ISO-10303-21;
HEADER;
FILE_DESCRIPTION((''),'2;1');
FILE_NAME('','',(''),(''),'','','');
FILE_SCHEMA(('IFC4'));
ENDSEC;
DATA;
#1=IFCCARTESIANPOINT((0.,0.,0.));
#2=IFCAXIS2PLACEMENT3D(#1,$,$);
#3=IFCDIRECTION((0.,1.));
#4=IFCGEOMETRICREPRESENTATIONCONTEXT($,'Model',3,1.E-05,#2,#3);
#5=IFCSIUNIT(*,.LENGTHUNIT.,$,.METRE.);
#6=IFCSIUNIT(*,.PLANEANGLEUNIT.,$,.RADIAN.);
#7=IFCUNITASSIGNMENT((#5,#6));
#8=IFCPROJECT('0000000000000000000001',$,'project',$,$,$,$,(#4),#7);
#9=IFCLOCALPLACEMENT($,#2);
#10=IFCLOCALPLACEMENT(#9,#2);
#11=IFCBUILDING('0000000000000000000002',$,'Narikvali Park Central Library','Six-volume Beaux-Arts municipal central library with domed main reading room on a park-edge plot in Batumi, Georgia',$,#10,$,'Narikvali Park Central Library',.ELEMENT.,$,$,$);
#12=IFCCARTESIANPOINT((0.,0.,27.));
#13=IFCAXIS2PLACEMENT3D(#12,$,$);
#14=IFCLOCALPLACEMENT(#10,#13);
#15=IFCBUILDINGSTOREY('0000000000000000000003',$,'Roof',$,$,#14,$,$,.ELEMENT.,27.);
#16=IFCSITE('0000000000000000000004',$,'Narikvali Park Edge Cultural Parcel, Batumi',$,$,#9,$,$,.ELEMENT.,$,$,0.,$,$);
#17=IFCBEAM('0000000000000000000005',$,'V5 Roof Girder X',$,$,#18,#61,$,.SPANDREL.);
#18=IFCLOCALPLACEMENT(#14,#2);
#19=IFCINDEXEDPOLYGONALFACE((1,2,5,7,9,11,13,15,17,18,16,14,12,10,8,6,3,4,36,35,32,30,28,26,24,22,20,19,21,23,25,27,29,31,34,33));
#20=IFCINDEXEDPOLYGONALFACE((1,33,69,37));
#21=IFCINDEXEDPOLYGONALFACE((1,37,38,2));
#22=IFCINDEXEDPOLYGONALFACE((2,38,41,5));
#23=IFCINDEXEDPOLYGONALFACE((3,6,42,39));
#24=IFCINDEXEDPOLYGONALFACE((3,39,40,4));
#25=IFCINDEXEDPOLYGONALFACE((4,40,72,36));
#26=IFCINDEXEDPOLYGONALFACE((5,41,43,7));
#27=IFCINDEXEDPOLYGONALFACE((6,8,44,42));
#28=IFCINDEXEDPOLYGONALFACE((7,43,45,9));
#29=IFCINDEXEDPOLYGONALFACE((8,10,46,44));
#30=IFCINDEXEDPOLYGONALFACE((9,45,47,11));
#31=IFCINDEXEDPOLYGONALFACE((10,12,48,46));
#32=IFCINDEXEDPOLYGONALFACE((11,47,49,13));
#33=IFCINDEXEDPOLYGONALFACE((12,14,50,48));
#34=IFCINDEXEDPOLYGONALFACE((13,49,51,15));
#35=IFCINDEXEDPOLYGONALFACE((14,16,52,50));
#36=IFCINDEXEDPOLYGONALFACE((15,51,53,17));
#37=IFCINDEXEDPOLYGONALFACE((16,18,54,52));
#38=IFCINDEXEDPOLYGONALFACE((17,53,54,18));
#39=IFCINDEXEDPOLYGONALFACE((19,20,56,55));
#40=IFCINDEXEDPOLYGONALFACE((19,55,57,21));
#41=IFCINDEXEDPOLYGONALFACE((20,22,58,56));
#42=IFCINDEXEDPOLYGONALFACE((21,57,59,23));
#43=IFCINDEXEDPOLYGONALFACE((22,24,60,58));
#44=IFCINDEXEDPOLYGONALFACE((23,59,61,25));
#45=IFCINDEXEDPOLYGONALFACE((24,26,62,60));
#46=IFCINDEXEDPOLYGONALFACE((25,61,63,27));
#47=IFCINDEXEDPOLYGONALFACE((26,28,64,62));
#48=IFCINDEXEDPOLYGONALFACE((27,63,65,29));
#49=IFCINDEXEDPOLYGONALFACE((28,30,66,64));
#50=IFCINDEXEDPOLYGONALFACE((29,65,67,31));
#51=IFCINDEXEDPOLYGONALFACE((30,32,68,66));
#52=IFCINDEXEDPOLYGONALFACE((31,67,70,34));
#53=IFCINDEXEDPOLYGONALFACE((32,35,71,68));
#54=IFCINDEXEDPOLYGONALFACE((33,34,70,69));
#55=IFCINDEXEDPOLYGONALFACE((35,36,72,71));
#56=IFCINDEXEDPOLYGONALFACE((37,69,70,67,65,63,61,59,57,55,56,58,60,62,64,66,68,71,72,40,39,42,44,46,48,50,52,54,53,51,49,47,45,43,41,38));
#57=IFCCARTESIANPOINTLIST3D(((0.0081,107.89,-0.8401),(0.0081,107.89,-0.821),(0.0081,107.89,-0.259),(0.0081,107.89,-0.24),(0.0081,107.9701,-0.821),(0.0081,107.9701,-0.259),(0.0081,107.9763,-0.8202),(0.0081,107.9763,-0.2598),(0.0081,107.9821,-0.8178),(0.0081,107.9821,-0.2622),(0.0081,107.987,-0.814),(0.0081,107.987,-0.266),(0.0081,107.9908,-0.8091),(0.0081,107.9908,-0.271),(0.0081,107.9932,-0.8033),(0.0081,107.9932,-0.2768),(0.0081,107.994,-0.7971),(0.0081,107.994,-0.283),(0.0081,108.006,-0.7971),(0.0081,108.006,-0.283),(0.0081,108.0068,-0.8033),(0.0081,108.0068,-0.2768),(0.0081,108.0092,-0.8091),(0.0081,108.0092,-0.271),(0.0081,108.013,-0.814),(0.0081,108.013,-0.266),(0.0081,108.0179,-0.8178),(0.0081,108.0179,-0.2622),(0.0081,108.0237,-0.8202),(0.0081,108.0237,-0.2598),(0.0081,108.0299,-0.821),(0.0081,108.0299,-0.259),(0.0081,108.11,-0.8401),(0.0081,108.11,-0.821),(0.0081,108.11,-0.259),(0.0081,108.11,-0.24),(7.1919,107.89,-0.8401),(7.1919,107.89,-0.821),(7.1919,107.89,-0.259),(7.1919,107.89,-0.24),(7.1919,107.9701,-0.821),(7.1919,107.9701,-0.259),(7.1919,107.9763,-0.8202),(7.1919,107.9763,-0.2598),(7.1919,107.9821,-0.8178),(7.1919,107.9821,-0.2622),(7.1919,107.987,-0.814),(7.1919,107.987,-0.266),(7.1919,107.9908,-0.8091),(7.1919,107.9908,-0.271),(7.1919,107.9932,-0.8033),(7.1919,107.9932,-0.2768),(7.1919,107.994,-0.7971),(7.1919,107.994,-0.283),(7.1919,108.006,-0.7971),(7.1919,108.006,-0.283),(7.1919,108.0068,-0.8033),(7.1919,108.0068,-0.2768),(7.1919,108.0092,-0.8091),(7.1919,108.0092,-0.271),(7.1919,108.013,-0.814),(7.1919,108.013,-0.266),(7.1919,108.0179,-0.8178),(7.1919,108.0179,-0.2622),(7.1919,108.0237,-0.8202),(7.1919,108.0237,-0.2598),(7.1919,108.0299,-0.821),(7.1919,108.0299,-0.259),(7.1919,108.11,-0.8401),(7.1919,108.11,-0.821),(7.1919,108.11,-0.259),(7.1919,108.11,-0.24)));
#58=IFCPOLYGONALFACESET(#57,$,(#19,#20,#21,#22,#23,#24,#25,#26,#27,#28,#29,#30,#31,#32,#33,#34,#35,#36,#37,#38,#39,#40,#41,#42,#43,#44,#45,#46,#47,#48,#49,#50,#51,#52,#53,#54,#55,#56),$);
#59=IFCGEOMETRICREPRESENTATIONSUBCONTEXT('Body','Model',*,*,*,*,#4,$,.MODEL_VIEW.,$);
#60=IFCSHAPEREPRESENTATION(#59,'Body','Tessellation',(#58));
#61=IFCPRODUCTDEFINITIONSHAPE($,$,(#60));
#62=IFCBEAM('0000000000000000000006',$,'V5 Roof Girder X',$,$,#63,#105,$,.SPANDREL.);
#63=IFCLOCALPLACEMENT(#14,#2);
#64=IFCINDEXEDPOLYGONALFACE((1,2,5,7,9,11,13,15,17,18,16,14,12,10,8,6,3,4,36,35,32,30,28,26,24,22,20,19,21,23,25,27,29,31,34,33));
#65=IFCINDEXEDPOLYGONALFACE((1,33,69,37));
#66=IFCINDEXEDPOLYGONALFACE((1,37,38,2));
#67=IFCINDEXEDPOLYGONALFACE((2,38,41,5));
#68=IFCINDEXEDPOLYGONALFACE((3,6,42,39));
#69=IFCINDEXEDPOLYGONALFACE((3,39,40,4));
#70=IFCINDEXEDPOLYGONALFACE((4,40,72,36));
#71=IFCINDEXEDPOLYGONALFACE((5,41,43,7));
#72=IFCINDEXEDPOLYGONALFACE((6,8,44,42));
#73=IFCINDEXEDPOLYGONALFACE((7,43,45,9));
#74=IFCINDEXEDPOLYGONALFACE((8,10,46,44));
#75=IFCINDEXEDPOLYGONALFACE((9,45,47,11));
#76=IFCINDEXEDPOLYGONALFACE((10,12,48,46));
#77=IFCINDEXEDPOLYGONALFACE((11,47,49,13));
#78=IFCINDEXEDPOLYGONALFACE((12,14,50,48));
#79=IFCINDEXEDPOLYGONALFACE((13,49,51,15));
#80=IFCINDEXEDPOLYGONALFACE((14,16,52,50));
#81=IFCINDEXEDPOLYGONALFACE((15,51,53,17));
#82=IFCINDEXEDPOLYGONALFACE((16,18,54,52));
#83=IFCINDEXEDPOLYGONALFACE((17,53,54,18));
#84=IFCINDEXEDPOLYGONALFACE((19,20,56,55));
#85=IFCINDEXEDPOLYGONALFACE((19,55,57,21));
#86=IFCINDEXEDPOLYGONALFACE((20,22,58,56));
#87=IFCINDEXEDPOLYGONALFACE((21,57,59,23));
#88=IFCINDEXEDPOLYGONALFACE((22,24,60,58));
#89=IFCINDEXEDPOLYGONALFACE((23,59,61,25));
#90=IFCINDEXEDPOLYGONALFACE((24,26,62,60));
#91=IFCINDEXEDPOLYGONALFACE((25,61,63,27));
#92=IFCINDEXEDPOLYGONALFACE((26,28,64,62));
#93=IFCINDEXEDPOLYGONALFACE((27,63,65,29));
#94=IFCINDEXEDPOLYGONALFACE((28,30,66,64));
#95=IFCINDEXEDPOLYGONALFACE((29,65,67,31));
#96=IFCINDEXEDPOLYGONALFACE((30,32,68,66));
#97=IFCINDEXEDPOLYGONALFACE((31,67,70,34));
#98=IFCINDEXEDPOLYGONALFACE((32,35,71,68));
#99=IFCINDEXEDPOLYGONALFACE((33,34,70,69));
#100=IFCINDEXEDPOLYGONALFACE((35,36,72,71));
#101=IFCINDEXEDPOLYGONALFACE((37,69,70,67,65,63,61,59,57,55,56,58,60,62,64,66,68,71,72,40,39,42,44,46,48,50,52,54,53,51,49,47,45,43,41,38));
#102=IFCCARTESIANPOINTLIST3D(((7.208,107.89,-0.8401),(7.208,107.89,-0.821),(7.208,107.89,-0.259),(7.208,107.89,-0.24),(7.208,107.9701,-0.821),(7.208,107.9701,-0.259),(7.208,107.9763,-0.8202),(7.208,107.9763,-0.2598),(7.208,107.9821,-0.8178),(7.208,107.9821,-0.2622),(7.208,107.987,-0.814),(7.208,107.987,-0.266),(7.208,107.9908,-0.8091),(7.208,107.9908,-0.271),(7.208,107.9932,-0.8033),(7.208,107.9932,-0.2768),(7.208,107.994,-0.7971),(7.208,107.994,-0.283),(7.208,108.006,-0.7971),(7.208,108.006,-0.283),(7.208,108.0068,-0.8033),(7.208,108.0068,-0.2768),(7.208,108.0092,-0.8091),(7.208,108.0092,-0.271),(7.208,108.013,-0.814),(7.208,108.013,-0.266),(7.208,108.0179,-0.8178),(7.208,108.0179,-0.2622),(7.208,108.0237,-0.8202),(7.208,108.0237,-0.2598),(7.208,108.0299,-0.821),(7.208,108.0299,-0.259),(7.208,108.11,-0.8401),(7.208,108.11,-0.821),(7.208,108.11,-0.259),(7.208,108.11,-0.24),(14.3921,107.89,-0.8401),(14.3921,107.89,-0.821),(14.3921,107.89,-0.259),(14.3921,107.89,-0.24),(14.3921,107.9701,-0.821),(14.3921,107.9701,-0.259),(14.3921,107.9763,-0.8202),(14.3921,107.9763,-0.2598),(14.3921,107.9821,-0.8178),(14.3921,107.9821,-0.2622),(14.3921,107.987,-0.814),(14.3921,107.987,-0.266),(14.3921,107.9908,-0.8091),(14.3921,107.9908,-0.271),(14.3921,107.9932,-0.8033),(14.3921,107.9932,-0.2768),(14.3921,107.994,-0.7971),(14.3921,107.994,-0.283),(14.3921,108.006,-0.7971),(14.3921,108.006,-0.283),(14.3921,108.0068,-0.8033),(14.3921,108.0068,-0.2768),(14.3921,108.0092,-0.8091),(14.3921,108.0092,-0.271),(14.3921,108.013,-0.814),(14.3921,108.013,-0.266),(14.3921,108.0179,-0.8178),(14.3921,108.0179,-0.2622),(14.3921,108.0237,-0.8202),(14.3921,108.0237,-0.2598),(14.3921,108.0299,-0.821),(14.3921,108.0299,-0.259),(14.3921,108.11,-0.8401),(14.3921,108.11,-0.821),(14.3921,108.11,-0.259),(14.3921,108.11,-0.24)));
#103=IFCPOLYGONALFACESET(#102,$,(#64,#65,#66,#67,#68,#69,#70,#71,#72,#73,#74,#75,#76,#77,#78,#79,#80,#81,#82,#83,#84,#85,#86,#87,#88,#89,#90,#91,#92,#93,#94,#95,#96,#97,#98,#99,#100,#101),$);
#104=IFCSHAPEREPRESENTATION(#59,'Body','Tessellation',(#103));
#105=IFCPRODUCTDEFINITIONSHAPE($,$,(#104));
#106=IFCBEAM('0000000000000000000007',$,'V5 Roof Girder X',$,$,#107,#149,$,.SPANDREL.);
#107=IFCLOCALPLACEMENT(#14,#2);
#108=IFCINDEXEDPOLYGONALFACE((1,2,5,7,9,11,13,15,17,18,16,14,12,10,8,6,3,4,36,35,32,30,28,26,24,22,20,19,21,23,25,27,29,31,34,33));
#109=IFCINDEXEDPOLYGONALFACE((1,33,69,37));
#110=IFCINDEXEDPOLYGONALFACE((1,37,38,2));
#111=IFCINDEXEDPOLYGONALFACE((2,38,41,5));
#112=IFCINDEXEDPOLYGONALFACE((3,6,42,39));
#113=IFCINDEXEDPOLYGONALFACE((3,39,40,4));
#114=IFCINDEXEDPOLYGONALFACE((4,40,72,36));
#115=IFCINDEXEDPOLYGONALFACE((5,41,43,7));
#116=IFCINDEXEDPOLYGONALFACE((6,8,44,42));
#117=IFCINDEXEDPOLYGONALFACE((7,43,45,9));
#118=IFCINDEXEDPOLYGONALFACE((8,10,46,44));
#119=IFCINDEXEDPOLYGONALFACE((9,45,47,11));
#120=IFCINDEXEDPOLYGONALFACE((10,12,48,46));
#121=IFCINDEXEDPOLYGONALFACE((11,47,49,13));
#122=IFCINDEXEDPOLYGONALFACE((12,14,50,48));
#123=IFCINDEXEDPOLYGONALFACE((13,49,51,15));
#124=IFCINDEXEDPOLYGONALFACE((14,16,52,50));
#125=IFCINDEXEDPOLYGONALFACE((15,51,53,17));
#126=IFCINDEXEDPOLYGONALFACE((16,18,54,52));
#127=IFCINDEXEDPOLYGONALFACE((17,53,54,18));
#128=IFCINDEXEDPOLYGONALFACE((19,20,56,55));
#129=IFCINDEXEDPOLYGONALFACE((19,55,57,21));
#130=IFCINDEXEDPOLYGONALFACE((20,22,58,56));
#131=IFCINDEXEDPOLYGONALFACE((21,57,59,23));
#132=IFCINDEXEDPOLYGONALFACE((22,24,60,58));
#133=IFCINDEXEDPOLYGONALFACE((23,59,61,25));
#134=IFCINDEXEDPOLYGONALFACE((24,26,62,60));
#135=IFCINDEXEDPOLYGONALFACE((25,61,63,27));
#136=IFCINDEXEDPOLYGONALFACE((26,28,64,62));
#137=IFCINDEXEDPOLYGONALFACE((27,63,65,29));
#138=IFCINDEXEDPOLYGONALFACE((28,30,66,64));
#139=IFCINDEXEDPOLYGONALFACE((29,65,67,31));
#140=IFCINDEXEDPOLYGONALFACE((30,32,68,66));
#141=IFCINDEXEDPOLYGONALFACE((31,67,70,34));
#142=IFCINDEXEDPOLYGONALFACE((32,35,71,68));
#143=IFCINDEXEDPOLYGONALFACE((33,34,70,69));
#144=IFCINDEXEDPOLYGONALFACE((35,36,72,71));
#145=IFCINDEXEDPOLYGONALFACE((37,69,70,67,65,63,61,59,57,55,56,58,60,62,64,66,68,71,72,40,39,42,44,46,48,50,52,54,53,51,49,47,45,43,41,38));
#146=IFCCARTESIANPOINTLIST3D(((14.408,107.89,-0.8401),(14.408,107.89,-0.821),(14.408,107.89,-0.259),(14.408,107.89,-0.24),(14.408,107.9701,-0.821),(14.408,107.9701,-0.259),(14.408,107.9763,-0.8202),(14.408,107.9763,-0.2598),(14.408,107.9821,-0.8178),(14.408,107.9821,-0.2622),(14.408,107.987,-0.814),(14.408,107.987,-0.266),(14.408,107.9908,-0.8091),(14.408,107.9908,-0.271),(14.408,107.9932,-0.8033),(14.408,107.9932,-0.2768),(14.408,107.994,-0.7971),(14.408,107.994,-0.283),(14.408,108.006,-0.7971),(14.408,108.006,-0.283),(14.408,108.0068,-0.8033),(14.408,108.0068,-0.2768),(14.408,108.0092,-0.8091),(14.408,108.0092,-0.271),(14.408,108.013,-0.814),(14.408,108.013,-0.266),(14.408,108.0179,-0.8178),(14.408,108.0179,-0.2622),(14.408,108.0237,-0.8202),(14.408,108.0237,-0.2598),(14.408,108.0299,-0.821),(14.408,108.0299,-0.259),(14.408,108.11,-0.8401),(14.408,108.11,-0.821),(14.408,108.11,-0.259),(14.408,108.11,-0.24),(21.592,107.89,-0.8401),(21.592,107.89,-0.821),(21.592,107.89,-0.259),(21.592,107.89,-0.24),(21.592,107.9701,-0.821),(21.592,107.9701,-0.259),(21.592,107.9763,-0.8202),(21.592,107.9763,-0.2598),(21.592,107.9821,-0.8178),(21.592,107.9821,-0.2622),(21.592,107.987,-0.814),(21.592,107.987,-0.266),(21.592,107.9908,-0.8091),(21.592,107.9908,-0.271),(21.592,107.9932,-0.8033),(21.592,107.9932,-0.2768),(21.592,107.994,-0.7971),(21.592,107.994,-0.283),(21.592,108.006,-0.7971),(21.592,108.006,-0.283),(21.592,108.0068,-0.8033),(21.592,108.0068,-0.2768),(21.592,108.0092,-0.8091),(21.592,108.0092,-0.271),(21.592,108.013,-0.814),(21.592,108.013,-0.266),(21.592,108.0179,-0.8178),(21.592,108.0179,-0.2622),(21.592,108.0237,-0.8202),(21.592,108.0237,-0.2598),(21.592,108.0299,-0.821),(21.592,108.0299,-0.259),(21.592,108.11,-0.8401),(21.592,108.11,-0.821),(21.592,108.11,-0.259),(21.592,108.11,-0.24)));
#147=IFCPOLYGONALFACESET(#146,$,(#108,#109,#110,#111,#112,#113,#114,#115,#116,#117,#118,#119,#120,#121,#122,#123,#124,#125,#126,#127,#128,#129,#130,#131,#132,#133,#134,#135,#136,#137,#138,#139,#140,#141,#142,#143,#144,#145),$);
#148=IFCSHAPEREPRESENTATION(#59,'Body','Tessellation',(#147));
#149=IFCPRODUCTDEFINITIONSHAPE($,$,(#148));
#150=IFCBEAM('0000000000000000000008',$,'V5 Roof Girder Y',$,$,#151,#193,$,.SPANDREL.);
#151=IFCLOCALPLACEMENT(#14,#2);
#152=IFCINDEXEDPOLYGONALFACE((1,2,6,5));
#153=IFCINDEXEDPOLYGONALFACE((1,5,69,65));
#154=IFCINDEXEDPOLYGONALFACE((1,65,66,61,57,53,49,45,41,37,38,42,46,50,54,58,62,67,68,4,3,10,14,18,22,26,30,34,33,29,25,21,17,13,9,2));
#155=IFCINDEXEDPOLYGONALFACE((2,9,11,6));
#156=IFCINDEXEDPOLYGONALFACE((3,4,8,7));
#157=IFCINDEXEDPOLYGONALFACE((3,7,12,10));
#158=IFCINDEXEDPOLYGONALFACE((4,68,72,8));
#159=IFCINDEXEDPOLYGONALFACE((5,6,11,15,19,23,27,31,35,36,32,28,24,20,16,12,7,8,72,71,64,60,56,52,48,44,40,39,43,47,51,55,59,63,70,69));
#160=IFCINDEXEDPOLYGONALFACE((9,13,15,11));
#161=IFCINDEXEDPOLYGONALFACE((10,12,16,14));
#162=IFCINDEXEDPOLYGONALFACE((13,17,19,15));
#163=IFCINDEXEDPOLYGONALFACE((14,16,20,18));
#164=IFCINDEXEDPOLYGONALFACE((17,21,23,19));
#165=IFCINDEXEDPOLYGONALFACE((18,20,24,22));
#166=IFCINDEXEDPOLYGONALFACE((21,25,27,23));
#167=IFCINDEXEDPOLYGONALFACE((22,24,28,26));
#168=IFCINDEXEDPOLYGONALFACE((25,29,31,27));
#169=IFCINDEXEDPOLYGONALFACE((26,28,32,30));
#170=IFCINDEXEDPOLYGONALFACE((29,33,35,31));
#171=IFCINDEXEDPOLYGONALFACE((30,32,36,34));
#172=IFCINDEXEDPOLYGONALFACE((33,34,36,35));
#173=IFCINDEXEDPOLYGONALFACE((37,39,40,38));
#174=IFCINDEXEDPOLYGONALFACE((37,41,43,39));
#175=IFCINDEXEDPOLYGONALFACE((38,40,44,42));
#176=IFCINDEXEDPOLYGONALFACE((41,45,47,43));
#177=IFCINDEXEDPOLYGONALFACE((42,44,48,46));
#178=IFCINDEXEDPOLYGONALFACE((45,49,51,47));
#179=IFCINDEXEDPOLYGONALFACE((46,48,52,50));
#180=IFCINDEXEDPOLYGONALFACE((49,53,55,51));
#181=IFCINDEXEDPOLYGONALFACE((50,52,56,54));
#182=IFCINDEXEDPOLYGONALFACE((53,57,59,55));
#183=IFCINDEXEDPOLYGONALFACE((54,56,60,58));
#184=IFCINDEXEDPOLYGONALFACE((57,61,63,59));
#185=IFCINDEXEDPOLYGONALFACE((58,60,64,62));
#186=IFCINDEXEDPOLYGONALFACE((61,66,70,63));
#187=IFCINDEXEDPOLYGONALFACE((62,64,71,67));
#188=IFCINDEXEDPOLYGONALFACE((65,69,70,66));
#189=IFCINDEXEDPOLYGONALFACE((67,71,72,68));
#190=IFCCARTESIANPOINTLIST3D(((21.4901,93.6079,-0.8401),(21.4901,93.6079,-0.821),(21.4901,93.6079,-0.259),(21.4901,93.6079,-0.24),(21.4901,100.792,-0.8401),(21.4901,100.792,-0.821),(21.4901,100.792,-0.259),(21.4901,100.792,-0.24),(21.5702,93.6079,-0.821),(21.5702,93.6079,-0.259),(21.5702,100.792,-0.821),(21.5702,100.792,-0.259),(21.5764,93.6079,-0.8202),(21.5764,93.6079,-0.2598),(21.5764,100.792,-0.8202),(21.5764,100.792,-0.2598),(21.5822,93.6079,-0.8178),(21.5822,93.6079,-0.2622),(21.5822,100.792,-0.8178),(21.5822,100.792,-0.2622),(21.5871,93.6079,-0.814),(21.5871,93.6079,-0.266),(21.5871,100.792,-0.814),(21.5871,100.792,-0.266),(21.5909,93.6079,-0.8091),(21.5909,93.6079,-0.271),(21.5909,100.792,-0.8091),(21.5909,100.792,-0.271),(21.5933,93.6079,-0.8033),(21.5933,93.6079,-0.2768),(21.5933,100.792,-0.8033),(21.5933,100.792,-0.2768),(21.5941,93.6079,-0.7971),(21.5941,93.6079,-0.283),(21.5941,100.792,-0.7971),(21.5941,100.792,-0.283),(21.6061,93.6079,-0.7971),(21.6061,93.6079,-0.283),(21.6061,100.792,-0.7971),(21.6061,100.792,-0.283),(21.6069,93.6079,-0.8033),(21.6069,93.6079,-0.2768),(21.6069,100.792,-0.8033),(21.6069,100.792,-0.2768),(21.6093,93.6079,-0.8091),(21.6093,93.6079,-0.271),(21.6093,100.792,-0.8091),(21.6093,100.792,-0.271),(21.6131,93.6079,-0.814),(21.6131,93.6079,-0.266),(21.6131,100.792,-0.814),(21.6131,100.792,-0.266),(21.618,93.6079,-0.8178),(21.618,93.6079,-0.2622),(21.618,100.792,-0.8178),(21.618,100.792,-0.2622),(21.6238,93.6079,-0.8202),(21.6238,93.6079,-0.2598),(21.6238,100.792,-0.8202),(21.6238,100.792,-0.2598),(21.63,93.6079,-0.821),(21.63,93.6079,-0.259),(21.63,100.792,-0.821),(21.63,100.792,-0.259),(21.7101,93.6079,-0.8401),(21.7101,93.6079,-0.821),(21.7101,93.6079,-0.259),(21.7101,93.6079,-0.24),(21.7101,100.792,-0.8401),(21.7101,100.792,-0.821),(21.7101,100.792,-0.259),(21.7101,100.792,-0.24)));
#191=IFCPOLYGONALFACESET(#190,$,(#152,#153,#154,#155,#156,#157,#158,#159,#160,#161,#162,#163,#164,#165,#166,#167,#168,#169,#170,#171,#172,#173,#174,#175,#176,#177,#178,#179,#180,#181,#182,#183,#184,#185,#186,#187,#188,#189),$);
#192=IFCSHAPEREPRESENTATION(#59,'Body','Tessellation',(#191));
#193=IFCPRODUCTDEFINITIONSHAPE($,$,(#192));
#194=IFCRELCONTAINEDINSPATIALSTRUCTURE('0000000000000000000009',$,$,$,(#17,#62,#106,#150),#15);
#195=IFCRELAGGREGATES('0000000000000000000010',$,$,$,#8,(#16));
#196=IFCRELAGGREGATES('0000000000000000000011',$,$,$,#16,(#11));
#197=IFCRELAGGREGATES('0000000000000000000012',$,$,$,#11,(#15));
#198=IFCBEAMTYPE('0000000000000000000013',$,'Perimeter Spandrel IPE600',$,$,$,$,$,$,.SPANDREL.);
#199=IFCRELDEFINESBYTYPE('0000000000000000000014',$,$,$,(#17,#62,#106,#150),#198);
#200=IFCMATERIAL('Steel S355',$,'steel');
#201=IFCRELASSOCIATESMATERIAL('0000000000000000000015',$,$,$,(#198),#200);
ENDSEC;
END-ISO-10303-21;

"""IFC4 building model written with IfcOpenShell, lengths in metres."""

from ifc_helpers import new_model, si_unit, direction, frame, origin, origin_2d, place, context, subcontext, project, spatial, i_section, extrude, material, material_profile, profile_set, type_object, element, save


model = new_model("IFC4")

# Units and contexts
model_context = context("Model", 3, precision=1e-05, world=origin(), true_north=direction((0.0, 1.0)))
body_context = subcontext(model_context, "Body", "Model", "MODEL_VIEW")
ifc_project = project(units=[si_unit("LENGTHUNIT", "METRE"), si_unit("PLANEANGLEUNIT", "RADIAN")], contexts=[model_context])

# Site, building, storey
site_placement = place(None, origin())
site = spatial("IfcSite", under=ifc_project, at=site_placement, Name="Narikvali Park Edge Cultural Parcel, Batumi", CompositionType="ELEMENT", RefElevation=0.0)
building_placement = place(site_placement, origin())
building = spatial("IfcBuilding", under=site, at=building_placement, Name="Narikvali Park Central Library", Description="Six-volume Beaux-Arts municipal central library with domed main reading room on a park-edge plot in Batumi, Georgia", LongName="Narikvali Park Central Library", CompositionType="ELEMENT")
storey_placement = place(building_placement, frame((0.0, 0.0, 27.0)))
storey = spatial("IfcBuildingStorey", under=building, at=storey_placement, Name="Roof", CompositionType="ELEMENT", Elevation=27.0)

# Beams
ifc_material = material(Name="Steel S355", Category="steel")
ifc_material_profile_1 = material_profile(ifc_material, i_section(OverallWidth=0.22, OverallDepth=0.6001, WebThickness=0.012, FlangeThickness=0.019, FilletRadius=0.0239, at=origin_2d()), Name="IPE 600")
ifc_profile_set_1 = profile_set([ifc_material_profile_1], Name="Steel S355")
beam_type_1 = type_object("IfcBeamType", Name="Perimeter Spandrel IPE600", PredefinedType="SPANDREL", material=ifc_profile_set_1)
beam_1_placement = place(storey_placement, frame((0.0081, 108.0, -0.54), z_axis=(1.0, 0.0, 0.0), x_axis=(0.0, 1.0, 0.0)))
element("IfcBeam", 1, at=beam_1_placement, inside=storey, type_object=beam_type_1, Name="V5 Roof Girder X", PredefinedType="SPANDREL", context=body_context, shape_type="SweptSolid", body=[
    extrude(i_section(OverallWidth=0.22, OverallDepth=0.6001, WebThickness=0.012, FlangeThickness=0.019, FilletRadius=0.0239, at=origin_2d()), origin(), (0.0, 0.0, 1.0), 7.1838),
])
for number, where, z_axis, x_axis, name in (
    (2, (7.208, 108.0, -0.54), (1.0, 0.0, 0.0), (0.0, 1.0, 0.0), "V5 Roof Girder X"),
    (3, (14.408, 108.0, -0.54), (1.0, 0.0, 0.0), (0.0, 1.0, 0.0), "V5 Roof Girder X"),
    (4, (21.6001, 93.6079, -0.54), (0.0, 1.0, 0.0), (-1.0, 0.0, 0.0), "V5 Roof Girder Y"),
):
    element("IfcBeam", number, at=place(storey_placement, frame(where, z_axis=z_axis, x_axis=x_axis)), inside=storey, type_object=beam_type_1, Name=name, PredefinedType="SPANDREL", context=body_context, shape_type="SweptSolid", body=[
        extrude(i_section(OverallWidth=0.22, OverallDepth=0.6001, WebThickness=0.012, FlangeThickness=0.019, FilletRadius=0.0239, at=origin_2d()), origin(), (0.0, 0.0, 1.0), 7.1841),
    ])

save(model, "model.ifc")
